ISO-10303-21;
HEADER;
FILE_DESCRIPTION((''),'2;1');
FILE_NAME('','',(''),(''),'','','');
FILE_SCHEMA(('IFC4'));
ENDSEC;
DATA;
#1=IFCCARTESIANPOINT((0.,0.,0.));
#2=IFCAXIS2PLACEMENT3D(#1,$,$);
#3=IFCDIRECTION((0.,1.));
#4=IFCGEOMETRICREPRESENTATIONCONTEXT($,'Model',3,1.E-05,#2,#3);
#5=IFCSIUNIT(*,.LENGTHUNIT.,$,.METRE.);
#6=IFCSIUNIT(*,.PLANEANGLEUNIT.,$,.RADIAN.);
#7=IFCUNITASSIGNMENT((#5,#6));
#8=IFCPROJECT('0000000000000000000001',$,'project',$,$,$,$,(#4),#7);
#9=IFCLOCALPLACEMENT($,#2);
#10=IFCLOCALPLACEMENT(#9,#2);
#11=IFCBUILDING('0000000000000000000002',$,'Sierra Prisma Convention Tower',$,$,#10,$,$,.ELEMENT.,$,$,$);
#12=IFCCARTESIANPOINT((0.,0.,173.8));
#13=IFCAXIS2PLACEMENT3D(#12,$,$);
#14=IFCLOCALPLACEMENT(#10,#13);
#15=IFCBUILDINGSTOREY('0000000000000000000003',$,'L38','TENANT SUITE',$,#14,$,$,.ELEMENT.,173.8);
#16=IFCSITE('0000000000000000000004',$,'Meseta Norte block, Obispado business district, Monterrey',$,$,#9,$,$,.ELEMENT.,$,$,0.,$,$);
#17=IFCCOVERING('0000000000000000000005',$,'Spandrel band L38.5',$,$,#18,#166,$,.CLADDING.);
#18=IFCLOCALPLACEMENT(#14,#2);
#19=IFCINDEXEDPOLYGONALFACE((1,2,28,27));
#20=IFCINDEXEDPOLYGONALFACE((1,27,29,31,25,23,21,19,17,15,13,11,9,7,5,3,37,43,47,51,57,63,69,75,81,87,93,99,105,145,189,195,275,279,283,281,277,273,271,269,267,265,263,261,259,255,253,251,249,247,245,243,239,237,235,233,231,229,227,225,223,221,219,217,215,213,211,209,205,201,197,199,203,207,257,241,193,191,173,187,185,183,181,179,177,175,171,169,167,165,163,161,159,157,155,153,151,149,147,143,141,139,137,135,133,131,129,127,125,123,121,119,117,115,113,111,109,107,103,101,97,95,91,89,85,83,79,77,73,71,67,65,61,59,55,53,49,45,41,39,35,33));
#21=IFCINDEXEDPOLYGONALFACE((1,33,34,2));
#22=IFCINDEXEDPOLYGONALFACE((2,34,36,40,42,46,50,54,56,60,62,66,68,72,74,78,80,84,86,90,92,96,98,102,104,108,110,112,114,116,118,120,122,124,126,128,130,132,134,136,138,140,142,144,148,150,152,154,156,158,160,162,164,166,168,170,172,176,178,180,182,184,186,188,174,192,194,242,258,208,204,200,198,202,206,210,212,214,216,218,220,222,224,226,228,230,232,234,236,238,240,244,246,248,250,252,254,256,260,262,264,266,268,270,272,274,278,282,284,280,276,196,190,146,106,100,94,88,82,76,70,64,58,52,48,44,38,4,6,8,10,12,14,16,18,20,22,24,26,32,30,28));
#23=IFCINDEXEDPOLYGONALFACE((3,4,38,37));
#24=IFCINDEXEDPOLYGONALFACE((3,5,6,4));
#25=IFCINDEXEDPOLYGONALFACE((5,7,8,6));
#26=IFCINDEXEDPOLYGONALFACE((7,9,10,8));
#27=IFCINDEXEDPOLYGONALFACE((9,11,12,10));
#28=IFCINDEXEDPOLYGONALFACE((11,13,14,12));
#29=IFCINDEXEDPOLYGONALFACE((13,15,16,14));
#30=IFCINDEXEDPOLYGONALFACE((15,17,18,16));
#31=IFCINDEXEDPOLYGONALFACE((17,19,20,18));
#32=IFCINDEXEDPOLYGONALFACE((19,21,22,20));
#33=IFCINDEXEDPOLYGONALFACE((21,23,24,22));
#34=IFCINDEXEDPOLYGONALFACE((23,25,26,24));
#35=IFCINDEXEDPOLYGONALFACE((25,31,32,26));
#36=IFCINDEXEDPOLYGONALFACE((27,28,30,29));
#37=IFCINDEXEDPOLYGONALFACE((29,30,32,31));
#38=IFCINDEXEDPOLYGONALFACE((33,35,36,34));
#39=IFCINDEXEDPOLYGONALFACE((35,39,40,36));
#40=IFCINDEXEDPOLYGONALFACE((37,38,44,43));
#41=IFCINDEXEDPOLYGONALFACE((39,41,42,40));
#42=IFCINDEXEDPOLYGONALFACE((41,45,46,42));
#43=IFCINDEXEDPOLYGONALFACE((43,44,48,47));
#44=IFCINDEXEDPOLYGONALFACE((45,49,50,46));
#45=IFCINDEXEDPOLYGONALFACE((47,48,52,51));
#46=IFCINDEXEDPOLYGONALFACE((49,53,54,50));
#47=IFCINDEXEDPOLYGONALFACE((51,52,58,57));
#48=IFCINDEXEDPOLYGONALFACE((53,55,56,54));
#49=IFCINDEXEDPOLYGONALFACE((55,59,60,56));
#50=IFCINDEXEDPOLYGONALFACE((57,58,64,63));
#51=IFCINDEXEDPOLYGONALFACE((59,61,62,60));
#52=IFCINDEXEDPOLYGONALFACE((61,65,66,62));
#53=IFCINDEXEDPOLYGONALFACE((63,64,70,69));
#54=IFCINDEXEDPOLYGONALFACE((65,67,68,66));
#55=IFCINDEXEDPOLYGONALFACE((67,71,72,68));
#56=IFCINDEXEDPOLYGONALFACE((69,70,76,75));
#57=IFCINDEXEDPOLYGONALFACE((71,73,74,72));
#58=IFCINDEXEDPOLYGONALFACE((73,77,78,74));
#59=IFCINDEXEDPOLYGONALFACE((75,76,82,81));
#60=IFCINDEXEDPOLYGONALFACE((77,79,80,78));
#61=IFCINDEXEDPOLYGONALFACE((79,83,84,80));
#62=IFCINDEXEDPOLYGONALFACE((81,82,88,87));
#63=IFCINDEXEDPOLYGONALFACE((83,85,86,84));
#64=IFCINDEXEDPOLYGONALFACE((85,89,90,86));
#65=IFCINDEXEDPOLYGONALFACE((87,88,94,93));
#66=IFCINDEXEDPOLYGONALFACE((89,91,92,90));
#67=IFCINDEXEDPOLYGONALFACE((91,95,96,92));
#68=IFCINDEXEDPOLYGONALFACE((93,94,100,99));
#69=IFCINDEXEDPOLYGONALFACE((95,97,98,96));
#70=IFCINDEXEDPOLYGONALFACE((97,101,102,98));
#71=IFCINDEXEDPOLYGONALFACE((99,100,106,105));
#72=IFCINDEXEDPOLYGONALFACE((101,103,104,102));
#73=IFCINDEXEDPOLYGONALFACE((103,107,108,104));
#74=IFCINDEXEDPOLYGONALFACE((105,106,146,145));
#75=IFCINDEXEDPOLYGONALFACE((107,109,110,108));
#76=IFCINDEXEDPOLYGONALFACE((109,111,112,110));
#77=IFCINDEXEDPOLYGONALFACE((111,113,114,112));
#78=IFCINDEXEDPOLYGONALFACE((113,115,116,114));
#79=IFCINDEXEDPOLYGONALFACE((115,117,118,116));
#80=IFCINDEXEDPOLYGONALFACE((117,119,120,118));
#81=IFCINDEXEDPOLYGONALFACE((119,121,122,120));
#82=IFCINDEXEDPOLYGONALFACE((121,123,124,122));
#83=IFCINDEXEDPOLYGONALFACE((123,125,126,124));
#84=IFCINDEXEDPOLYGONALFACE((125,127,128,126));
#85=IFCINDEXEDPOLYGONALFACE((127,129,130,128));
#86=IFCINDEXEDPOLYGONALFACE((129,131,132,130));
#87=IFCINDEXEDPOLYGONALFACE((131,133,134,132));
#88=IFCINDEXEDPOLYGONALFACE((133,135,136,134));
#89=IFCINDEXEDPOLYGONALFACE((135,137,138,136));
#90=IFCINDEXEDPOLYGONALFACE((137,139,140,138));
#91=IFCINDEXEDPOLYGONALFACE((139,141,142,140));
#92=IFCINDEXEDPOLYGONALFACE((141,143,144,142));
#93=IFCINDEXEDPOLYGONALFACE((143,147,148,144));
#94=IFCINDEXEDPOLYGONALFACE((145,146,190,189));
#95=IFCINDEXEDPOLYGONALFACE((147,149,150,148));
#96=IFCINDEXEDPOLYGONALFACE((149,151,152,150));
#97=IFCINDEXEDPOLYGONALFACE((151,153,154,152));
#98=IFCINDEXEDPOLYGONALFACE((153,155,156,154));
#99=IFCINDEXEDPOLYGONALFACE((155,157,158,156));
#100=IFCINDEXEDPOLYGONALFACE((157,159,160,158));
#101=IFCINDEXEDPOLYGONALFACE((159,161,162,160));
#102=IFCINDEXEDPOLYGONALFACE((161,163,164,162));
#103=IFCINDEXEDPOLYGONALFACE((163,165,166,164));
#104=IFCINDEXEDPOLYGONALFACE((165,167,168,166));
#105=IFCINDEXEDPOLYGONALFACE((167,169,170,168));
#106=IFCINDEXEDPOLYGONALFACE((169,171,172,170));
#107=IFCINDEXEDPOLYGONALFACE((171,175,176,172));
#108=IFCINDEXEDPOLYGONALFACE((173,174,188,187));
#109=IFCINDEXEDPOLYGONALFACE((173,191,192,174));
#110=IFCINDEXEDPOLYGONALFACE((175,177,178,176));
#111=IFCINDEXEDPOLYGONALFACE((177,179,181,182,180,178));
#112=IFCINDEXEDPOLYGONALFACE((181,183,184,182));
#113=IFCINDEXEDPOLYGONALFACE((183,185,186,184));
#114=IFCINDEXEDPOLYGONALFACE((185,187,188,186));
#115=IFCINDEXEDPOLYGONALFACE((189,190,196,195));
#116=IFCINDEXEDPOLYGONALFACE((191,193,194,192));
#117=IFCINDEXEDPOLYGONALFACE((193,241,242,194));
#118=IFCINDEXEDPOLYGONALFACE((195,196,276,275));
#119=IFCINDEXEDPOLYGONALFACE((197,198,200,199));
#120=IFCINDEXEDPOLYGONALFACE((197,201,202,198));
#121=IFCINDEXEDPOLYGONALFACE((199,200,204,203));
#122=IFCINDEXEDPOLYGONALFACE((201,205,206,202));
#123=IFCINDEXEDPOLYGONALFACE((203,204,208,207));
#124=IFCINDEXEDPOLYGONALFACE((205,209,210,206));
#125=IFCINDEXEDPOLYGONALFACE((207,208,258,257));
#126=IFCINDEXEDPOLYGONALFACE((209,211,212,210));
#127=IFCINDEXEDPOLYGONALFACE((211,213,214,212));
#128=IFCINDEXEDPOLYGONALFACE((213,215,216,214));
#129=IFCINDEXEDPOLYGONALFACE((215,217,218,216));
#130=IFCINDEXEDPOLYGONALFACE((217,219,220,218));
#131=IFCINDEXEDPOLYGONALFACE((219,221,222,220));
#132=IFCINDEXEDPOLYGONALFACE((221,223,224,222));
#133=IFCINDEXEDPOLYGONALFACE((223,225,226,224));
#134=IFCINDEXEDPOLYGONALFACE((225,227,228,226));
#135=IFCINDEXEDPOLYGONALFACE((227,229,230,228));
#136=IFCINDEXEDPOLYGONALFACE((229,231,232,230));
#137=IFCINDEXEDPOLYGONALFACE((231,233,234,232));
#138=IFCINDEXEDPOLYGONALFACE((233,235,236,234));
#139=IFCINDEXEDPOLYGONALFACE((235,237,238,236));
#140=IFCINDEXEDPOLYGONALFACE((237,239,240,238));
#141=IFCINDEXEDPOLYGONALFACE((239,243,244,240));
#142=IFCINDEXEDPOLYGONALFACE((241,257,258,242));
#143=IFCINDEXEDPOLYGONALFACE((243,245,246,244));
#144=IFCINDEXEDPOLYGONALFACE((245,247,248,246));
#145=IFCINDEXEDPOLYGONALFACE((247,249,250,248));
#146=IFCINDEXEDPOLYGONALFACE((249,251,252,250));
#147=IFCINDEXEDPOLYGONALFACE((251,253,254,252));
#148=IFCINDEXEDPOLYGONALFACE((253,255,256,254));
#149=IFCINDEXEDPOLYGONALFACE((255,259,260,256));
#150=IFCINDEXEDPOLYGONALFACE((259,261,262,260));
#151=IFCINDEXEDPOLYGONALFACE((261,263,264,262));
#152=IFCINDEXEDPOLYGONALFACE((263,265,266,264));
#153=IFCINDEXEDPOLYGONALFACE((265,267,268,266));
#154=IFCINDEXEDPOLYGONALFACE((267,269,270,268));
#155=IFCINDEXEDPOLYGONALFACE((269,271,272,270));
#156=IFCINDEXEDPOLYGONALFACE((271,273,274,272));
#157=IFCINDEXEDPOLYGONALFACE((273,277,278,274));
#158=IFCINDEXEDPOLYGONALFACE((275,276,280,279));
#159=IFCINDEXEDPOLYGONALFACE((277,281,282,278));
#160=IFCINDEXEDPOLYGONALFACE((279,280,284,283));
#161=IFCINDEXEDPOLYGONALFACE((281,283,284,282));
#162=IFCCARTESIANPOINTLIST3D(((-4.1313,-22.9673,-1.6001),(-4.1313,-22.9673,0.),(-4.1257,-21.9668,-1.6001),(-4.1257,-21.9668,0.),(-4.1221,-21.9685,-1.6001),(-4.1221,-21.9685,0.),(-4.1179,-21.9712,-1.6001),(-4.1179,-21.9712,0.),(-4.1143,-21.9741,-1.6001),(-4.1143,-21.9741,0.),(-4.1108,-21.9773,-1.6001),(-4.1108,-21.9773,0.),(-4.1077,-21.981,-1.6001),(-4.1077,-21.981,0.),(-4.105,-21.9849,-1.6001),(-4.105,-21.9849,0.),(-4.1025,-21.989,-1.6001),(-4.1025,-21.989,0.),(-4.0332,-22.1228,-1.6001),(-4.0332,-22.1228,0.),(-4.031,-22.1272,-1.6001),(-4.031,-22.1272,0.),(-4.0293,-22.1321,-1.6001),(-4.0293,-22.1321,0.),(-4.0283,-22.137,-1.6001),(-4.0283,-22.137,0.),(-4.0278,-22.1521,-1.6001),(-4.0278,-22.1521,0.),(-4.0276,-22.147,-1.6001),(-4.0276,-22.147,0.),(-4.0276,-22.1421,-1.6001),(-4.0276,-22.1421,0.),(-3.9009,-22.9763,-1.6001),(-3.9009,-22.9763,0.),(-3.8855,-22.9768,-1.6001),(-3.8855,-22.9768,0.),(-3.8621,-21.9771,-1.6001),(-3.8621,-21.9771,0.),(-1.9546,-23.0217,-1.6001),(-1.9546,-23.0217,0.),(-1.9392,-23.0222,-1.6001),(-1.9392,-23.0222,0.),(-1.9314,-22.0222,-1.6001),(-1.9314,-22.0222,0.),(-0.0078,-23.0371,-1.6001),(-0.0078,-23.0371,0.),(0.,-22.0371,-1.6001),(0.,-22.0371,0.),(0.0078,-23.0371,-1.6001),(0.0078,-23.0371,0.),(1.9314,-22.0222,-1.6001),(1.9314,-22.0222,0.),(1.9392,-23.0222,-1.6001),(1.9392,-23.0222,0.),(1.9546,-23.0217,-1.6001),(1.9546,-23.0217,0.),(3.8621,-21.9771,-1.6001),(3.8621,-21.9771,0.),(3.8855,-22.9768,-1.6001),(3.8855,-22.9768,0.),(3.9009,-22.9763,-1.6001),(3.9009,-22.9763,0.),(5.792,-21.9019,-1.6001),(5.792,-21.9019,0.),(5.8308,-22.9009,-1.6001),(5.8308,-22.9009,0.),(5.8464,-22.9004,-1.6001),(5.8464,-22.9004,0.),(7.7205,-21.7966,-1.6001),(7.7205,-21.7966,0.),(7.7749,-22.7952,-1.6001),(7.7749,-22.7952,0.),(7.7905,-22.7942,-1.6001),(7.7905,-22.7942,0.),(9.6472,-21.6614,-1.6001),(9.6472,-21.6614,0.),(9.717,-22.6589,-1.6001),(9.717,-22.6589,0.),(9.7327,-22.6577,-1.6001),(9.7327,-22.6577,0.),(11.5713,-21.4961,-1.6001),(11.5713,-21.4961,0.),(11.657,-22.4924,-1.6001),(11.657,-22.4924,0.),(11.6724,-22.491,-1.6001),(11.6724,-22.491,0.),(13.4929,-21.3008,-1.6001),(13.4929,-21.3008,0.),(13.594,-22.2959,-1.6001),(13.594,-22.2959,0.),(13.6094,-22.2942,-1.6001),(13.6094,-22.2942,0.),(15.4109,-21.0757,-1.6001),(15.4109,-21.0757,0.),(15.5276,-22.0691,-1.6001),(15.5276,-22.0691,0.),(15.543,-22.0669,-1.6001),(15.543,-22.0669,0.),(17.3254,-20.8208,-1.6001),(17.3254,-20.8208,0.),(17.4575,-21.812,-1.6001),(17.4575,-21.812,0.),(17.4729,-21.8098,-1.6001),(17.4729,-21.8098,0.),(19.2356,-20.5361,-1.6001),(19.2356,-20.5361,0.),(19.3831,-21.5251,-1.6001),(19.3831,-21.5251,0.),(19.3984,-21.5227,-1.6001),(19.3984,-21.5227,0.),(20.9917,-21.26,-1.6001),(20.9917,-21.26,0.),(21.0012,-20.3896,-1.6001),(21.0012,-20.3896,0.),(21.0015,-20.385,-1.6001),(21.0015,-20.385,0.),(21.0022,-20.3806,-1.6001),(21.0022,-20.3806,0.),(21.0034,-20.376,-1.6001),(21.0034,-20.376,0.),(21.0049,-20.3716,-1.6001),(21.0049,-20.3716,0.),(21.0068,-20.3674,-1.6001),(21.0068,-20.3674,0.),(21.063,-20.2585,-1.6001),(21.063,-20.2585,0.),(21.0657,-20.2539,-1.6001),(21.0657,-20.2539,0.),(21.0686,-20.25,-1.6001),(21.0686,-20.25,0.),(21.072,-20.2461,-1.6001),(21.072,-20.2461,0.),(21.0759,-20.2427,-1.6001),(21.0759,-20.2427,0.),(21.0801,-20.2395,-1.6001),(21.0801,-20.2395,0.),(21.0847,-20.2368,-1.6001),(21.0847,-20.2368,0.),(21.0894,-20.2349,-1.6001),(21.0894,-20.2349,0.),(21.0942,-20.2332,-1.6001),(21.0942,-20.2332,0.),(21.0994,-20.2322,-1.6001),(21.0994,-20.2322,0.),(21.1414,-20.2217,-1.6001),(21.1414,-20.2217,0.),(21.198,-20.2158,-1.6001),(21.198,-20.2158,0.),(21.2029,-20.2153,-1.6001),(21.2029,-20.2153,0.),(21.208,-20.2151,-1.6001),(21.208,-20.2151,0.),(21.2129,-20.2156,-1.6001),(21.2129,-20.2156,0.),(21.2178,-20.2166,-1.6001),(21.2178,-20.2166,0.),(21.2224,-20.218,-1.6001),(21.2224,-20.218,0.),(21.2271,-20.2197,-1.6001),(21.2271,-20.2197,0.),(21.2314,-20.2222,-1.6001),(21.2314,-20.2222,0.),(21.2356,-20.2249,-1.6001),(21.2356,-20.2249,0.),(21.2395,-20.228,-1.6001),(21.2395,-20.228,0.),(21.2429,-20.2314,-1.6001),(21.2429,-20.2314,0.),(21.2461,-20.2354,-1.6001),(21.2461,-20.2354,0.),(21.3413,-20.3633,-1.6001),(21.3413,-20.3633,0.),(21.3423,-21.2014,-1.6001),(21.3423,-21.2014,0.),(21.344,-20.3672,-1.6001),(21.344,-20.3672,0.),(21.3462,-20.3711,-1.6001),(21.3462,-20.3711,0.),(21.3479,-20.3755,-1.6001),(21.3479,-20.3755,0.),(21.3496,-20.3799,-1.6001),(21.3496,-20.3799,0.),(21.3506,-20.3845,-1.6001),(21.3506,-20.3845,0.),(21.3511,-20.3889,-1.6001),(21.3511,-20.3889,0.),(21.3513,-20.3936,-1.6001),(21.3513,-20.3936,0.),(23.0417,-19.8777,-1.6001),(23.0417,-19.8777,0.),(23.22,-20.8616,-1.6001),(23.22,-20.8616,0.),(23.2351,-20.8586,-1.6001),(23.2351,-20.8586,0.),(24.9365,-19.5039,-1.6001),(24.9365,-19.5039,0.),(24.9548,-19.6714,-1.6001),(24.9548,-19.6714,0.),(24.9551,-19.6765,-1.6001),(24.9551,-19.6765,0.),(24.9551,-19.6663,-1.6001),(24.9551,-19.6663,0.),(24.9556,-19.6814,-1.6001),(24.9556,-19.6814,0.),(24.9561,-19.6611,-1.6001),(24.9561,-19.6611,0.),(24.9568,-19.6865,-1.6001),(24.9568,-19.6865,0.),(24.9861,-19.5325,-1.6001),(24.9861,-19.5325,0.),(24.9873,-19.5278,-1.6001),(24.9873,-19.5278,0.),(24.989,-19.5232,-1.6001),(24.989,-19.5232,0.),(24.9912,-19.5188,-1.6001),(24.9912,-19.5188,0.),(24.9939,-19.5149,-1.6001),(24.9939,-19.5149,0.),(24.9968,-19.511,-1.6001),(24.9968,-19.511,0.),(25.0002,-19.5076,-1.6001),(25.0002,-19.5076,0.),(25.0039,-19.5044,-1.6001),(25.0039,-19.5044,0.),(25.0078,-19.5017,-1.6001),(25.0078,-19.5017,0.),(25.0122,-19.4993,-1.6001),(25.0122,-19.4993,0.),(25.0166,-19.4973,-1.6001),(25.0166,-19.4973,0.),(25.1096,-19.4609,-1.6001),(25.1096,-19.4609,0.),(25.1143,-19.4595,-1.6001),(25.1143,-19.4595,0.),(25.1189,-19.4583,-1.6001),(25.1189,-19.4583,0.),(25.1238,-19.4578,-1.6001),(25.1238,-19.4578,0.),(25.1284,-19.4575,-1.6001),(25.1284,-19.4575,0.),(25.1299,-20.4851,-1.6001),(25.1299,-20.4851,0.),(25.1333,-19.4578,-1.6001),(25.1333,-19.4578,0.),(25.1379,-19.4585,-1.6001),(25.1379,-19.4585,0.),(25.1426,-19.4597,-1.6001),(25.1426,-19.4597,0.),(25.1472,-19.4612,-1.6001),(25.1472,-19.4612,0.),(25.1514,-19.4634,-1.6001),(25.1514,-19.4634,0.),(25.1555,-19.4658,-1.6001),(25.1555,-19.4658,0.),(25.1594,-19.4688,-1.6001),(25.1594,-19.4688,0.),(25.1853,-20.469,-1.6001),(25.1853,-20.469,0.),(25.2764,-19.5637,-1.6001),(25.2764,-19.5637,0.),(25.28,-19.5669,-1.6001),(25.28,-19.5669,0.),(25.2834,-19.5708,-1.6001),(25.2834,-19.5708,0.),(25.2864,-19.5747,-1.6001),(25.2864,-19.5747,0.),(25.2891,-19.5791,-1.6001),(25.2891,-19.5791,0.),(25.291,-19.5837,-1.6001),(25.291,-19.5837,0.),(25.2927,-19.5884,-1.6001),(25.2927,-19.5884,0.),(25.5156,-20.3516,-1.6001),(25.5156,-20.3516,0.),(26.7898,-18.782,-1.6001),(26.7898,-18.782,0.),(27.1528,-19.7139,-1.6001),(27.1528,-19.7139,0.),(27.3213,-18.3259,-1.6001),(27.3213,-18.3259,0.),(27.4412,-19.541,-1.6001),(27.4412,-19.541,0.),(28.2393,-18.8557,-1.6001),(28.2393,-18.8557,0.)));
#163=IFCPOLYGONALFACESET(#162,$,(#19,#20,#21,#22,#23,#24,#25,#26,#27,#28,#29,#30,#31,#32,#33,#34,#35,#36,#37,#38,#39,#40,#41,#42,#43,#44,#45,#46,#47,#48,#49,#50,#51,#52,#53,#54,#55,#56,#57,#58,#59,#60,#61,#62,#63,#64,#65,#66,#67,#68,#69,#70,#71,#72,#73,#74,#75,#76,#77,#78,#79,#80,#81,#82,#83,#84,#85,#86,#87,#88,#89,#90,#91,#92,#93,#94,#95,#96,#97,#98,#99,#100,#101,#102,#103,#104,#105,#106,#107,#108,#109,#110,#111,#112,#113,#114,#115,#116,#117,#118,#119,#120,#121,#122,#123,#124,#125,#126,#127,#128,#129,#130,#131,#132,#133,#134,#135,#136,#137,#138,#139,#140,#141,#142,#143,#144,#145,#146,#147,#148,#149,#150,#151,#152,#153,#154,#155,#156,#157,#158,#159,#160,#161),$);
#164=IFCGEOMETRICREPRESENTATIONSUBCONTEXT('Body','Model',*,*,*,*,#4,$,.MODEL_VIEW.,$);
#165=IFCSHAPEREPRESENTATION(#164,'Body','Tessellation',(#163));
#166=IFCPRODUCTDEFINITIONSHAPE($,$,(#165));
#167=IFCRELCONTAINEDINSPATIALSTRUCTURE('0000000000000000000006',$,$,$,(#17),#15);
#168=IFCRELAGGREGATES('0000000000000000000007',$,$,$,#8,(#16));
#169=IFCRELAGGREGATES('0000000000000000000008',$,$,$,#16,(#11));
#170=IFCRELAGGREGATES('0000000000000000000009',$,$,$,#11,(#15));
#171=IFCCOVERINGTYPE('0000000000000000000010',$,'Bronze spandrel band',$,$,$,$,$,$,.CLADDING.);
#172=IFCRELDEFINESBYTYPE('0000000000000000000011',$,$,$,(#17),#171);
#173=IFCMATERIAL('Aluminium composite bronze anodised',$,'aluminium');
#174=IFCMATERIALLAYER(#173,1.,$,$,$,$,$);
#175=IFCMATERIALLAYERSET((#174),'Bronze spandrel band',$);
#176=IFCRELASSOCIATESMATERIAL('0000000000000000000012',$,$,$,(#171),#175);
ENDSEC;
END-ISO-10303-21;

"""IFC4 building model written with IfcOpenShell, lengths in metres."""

from ifc_helpers import new_model, si_unit, direction, frame, origin, place, context, subcontext, project, spatial, polyline, outline, extrude, material, layer, layer_set, type_object, element, save


model = new_model("IFC4")

# Units and contexts
model_context = context("Model", 3, precision=1e-05, world=origin(), true_north=direction((0.0, 1.0)))
body_context = subcontext(model_context, "Body", "Model", "MODEL_VIEW")
ifc_project = project(units=[si_unit("LENGTHUNIT", "METRE"), si_unit("PLANEANGLEUNIT", "RADIAN")], contexts=[model_context])

# Site, building, storey
site_placement = place(None, origin())
site = spatial("IfcSite", under=ifc_project, at=site_placement, Name="Meseta Norte block, Obispado business district, Monterrey", CompositionType="ELEMENT", RefElevation=0.0)
building_placement = place(site_placement, origin())
building = spatial("IfcBuilding", under=site, at=building_placement, Name="Sierra Prisma Convention Tower", CompositionType="ELEMENT")
storey_placement = place(building_placement, frame((0.0, 0.0, 173.8)))
storey = spatial("IfcBuildingStorey", under=building, at=storey_placement, Name="L38", Description="TENANT SUITE", CompositionType="ELEMENT", Elevation=173.8)

# Covering
ifc_material_1 = material(Name="Aluminium composite bronze anodised", Category="aluminium")
ifc_layer_1 = layer(ifc_material_1, 1.0)
ifc_layer_set_1 = layer_set([ifc_layer_1], Name="Bronze spandrel band")
covering_type_1 = type_object("IfcCoveringType", Name="Bronze spandrel band", PredefinedType="CLADDING", material=ifc_layer_set_1)
covering_1_placement = place(storey_placement, frame((0.0, 0.0, -1.6001)))
element("IfcCovering", 1, at=covering_1_placement, inside=storey, type_object=covering_type_1, Name="Spandrel band L38.5", PredefinedType="CLADDING", context=body_context, shape_type="SweptSolid", body=[
    extrude(outline(polyline([(25.2927, -19.5884), (25.291, -19.5837), (25.2891, -19.5791), (25.2864, -19.5747), (25.2834, -19.5708), (25.28, -19.5669), (25.2764, -19.5637), (25.1594, -19.4688), (25.1555, -19.4658), (25.1514, -19.4634), (25.1472, -19.4612), (25.1426, -19.4597), (25.1379, -19.4585), (25.1333, -19.4578), (25.1284, -19.4575), (25.1238, -19.4578), (25.1189, -19.4583), (25.1143, -19.4595), (25.1096, -19.4609), (25.0166, -19.4973), (25.0122, -19.4993), (25.0078, -19.5017), (25.0039, -19.5044), (25.0002, -19.5076), (24.9968, -19.511), (24.9939, -19.5149), (24.9912, -19.5188), (24.989, -19.5232), (24.9873, -19.5278), (24.9861, -19.5325), (24.9561, -19.6611), (24.9551, -19.6663), (24.9548, -19.6714), (24.9551, -19.6765), (24.9556, -19.6814), (24.9568, -19.6865), (25.1853, -20.469), (25.1299, -20.4851), (23.2351, -20.8586), (23.22, -20.8616), (21.3423, -21.2014), (21.3513, -20.3936), (21.3511, -20.3889), (21.3506, -20.3845), (21.3496, -20.3799), (21.3479, -20.3755), (21.3462, -20.3711), (21.344, -20.3672), (21.3413, -20.3633), (21.2461, -20.2354), (21.2429, -20.2314), (21.2395, -20.228), (21.2356, -20.2249), (21.2314, -20.2222), (21.2271, -20.2197), (21.2224, -20.218), (21.2178, -20.2166), (21.2129, -20.2156), (21.208, -20.2151), (21.2029, -20.2153), (21.198, -20.2158), (21.0994, -20.2322), (21.0942, -20.2332), (21.0894, -20.2349), (21.0847, -20.2368), (21.0801, -20.2395), (21.0759, -20.2427), (21.072, -20.2461), (21.0686, -20.25), (21.0657, -20.2539), (21.063, -20.2585), (21.0068, -20.3674), (21.0049, -20.3716), (21.0034, -20.376), (21.0022, -20.3806), (21.0015, -20.385), (21.0012, -20.3896), (20.9917, -21.26), (19.3984, -21.5227), (19.3831, -21.5251), (17.4729, -21.8098), (17.4575, -21.812), (15.543, -22.0669), (15.5276, -22.0691), (13.6094, -22.2942), (13.594, -22.2959), (11.6724, -22.491), (11.657, -22.4924), (9.7327, -22.6577), (9.717, -22.6589), (7.7905, -22.7942), (7.7749, -22.7952), (5.8464, -22.9004), (5.8308, -22.9009), (3.9009, -22.9763), (3.8855, -22.9768), (1.9546, -23.0217), (1.9392, -23.0222), (0.0078, -23.0371), (-0.0078, -23.0371), (-1.9392, -23.0222), (-1.9546, -23.0217), (-3.8855, -22.9768), (-3.9009, -22.9763), (-4.1313, -22.9673), (-4.0278, -22.1521), (-4.0276, -22.147), (-4.0276, -22.1421), (-4.0283, -22.137), (-4.0293, -22.1321), (-4.031, -22.1272), (-4.0332, -22.1228), (-4.1025, -21.989), (-4.105, -21.9849), (-4.1077, -21.981), (-4.1108, -21.9773), (-4.1143, -21.9741), (-4.1179, -21.9712), (-4.1221, -21.9685), (-4.1257, -21.9668), (-3.8621, -21.9771), (-1.9314, -22.0222), (0.0, -22.0371), (1.9314, -22.0222), (3.8621, -21.9771), (5.792, -21.9019), (7.7205, -21.7966), (9.6472, -21.6614), (11.5713, -21.4961), (13.4929, -21.3008), (15.4109, -21.0757), (17.3254, -20.8208), (19.2356, -20.5361), (21.1414, -20.2217), (23.0417, -19.8777), (24.9365, -19.5039), (26.7898, -18.782), (27.3213, -18.3259), (28.2393, -18.8557), (27.4412, -19.541), (27.1528, -19.7139), (25.5156, -20.3516), (25.2927, -19.5884)])), origin(), (0.0, 0.0, 1.0), 1.6001),
])

save(model, "model.ifc")
